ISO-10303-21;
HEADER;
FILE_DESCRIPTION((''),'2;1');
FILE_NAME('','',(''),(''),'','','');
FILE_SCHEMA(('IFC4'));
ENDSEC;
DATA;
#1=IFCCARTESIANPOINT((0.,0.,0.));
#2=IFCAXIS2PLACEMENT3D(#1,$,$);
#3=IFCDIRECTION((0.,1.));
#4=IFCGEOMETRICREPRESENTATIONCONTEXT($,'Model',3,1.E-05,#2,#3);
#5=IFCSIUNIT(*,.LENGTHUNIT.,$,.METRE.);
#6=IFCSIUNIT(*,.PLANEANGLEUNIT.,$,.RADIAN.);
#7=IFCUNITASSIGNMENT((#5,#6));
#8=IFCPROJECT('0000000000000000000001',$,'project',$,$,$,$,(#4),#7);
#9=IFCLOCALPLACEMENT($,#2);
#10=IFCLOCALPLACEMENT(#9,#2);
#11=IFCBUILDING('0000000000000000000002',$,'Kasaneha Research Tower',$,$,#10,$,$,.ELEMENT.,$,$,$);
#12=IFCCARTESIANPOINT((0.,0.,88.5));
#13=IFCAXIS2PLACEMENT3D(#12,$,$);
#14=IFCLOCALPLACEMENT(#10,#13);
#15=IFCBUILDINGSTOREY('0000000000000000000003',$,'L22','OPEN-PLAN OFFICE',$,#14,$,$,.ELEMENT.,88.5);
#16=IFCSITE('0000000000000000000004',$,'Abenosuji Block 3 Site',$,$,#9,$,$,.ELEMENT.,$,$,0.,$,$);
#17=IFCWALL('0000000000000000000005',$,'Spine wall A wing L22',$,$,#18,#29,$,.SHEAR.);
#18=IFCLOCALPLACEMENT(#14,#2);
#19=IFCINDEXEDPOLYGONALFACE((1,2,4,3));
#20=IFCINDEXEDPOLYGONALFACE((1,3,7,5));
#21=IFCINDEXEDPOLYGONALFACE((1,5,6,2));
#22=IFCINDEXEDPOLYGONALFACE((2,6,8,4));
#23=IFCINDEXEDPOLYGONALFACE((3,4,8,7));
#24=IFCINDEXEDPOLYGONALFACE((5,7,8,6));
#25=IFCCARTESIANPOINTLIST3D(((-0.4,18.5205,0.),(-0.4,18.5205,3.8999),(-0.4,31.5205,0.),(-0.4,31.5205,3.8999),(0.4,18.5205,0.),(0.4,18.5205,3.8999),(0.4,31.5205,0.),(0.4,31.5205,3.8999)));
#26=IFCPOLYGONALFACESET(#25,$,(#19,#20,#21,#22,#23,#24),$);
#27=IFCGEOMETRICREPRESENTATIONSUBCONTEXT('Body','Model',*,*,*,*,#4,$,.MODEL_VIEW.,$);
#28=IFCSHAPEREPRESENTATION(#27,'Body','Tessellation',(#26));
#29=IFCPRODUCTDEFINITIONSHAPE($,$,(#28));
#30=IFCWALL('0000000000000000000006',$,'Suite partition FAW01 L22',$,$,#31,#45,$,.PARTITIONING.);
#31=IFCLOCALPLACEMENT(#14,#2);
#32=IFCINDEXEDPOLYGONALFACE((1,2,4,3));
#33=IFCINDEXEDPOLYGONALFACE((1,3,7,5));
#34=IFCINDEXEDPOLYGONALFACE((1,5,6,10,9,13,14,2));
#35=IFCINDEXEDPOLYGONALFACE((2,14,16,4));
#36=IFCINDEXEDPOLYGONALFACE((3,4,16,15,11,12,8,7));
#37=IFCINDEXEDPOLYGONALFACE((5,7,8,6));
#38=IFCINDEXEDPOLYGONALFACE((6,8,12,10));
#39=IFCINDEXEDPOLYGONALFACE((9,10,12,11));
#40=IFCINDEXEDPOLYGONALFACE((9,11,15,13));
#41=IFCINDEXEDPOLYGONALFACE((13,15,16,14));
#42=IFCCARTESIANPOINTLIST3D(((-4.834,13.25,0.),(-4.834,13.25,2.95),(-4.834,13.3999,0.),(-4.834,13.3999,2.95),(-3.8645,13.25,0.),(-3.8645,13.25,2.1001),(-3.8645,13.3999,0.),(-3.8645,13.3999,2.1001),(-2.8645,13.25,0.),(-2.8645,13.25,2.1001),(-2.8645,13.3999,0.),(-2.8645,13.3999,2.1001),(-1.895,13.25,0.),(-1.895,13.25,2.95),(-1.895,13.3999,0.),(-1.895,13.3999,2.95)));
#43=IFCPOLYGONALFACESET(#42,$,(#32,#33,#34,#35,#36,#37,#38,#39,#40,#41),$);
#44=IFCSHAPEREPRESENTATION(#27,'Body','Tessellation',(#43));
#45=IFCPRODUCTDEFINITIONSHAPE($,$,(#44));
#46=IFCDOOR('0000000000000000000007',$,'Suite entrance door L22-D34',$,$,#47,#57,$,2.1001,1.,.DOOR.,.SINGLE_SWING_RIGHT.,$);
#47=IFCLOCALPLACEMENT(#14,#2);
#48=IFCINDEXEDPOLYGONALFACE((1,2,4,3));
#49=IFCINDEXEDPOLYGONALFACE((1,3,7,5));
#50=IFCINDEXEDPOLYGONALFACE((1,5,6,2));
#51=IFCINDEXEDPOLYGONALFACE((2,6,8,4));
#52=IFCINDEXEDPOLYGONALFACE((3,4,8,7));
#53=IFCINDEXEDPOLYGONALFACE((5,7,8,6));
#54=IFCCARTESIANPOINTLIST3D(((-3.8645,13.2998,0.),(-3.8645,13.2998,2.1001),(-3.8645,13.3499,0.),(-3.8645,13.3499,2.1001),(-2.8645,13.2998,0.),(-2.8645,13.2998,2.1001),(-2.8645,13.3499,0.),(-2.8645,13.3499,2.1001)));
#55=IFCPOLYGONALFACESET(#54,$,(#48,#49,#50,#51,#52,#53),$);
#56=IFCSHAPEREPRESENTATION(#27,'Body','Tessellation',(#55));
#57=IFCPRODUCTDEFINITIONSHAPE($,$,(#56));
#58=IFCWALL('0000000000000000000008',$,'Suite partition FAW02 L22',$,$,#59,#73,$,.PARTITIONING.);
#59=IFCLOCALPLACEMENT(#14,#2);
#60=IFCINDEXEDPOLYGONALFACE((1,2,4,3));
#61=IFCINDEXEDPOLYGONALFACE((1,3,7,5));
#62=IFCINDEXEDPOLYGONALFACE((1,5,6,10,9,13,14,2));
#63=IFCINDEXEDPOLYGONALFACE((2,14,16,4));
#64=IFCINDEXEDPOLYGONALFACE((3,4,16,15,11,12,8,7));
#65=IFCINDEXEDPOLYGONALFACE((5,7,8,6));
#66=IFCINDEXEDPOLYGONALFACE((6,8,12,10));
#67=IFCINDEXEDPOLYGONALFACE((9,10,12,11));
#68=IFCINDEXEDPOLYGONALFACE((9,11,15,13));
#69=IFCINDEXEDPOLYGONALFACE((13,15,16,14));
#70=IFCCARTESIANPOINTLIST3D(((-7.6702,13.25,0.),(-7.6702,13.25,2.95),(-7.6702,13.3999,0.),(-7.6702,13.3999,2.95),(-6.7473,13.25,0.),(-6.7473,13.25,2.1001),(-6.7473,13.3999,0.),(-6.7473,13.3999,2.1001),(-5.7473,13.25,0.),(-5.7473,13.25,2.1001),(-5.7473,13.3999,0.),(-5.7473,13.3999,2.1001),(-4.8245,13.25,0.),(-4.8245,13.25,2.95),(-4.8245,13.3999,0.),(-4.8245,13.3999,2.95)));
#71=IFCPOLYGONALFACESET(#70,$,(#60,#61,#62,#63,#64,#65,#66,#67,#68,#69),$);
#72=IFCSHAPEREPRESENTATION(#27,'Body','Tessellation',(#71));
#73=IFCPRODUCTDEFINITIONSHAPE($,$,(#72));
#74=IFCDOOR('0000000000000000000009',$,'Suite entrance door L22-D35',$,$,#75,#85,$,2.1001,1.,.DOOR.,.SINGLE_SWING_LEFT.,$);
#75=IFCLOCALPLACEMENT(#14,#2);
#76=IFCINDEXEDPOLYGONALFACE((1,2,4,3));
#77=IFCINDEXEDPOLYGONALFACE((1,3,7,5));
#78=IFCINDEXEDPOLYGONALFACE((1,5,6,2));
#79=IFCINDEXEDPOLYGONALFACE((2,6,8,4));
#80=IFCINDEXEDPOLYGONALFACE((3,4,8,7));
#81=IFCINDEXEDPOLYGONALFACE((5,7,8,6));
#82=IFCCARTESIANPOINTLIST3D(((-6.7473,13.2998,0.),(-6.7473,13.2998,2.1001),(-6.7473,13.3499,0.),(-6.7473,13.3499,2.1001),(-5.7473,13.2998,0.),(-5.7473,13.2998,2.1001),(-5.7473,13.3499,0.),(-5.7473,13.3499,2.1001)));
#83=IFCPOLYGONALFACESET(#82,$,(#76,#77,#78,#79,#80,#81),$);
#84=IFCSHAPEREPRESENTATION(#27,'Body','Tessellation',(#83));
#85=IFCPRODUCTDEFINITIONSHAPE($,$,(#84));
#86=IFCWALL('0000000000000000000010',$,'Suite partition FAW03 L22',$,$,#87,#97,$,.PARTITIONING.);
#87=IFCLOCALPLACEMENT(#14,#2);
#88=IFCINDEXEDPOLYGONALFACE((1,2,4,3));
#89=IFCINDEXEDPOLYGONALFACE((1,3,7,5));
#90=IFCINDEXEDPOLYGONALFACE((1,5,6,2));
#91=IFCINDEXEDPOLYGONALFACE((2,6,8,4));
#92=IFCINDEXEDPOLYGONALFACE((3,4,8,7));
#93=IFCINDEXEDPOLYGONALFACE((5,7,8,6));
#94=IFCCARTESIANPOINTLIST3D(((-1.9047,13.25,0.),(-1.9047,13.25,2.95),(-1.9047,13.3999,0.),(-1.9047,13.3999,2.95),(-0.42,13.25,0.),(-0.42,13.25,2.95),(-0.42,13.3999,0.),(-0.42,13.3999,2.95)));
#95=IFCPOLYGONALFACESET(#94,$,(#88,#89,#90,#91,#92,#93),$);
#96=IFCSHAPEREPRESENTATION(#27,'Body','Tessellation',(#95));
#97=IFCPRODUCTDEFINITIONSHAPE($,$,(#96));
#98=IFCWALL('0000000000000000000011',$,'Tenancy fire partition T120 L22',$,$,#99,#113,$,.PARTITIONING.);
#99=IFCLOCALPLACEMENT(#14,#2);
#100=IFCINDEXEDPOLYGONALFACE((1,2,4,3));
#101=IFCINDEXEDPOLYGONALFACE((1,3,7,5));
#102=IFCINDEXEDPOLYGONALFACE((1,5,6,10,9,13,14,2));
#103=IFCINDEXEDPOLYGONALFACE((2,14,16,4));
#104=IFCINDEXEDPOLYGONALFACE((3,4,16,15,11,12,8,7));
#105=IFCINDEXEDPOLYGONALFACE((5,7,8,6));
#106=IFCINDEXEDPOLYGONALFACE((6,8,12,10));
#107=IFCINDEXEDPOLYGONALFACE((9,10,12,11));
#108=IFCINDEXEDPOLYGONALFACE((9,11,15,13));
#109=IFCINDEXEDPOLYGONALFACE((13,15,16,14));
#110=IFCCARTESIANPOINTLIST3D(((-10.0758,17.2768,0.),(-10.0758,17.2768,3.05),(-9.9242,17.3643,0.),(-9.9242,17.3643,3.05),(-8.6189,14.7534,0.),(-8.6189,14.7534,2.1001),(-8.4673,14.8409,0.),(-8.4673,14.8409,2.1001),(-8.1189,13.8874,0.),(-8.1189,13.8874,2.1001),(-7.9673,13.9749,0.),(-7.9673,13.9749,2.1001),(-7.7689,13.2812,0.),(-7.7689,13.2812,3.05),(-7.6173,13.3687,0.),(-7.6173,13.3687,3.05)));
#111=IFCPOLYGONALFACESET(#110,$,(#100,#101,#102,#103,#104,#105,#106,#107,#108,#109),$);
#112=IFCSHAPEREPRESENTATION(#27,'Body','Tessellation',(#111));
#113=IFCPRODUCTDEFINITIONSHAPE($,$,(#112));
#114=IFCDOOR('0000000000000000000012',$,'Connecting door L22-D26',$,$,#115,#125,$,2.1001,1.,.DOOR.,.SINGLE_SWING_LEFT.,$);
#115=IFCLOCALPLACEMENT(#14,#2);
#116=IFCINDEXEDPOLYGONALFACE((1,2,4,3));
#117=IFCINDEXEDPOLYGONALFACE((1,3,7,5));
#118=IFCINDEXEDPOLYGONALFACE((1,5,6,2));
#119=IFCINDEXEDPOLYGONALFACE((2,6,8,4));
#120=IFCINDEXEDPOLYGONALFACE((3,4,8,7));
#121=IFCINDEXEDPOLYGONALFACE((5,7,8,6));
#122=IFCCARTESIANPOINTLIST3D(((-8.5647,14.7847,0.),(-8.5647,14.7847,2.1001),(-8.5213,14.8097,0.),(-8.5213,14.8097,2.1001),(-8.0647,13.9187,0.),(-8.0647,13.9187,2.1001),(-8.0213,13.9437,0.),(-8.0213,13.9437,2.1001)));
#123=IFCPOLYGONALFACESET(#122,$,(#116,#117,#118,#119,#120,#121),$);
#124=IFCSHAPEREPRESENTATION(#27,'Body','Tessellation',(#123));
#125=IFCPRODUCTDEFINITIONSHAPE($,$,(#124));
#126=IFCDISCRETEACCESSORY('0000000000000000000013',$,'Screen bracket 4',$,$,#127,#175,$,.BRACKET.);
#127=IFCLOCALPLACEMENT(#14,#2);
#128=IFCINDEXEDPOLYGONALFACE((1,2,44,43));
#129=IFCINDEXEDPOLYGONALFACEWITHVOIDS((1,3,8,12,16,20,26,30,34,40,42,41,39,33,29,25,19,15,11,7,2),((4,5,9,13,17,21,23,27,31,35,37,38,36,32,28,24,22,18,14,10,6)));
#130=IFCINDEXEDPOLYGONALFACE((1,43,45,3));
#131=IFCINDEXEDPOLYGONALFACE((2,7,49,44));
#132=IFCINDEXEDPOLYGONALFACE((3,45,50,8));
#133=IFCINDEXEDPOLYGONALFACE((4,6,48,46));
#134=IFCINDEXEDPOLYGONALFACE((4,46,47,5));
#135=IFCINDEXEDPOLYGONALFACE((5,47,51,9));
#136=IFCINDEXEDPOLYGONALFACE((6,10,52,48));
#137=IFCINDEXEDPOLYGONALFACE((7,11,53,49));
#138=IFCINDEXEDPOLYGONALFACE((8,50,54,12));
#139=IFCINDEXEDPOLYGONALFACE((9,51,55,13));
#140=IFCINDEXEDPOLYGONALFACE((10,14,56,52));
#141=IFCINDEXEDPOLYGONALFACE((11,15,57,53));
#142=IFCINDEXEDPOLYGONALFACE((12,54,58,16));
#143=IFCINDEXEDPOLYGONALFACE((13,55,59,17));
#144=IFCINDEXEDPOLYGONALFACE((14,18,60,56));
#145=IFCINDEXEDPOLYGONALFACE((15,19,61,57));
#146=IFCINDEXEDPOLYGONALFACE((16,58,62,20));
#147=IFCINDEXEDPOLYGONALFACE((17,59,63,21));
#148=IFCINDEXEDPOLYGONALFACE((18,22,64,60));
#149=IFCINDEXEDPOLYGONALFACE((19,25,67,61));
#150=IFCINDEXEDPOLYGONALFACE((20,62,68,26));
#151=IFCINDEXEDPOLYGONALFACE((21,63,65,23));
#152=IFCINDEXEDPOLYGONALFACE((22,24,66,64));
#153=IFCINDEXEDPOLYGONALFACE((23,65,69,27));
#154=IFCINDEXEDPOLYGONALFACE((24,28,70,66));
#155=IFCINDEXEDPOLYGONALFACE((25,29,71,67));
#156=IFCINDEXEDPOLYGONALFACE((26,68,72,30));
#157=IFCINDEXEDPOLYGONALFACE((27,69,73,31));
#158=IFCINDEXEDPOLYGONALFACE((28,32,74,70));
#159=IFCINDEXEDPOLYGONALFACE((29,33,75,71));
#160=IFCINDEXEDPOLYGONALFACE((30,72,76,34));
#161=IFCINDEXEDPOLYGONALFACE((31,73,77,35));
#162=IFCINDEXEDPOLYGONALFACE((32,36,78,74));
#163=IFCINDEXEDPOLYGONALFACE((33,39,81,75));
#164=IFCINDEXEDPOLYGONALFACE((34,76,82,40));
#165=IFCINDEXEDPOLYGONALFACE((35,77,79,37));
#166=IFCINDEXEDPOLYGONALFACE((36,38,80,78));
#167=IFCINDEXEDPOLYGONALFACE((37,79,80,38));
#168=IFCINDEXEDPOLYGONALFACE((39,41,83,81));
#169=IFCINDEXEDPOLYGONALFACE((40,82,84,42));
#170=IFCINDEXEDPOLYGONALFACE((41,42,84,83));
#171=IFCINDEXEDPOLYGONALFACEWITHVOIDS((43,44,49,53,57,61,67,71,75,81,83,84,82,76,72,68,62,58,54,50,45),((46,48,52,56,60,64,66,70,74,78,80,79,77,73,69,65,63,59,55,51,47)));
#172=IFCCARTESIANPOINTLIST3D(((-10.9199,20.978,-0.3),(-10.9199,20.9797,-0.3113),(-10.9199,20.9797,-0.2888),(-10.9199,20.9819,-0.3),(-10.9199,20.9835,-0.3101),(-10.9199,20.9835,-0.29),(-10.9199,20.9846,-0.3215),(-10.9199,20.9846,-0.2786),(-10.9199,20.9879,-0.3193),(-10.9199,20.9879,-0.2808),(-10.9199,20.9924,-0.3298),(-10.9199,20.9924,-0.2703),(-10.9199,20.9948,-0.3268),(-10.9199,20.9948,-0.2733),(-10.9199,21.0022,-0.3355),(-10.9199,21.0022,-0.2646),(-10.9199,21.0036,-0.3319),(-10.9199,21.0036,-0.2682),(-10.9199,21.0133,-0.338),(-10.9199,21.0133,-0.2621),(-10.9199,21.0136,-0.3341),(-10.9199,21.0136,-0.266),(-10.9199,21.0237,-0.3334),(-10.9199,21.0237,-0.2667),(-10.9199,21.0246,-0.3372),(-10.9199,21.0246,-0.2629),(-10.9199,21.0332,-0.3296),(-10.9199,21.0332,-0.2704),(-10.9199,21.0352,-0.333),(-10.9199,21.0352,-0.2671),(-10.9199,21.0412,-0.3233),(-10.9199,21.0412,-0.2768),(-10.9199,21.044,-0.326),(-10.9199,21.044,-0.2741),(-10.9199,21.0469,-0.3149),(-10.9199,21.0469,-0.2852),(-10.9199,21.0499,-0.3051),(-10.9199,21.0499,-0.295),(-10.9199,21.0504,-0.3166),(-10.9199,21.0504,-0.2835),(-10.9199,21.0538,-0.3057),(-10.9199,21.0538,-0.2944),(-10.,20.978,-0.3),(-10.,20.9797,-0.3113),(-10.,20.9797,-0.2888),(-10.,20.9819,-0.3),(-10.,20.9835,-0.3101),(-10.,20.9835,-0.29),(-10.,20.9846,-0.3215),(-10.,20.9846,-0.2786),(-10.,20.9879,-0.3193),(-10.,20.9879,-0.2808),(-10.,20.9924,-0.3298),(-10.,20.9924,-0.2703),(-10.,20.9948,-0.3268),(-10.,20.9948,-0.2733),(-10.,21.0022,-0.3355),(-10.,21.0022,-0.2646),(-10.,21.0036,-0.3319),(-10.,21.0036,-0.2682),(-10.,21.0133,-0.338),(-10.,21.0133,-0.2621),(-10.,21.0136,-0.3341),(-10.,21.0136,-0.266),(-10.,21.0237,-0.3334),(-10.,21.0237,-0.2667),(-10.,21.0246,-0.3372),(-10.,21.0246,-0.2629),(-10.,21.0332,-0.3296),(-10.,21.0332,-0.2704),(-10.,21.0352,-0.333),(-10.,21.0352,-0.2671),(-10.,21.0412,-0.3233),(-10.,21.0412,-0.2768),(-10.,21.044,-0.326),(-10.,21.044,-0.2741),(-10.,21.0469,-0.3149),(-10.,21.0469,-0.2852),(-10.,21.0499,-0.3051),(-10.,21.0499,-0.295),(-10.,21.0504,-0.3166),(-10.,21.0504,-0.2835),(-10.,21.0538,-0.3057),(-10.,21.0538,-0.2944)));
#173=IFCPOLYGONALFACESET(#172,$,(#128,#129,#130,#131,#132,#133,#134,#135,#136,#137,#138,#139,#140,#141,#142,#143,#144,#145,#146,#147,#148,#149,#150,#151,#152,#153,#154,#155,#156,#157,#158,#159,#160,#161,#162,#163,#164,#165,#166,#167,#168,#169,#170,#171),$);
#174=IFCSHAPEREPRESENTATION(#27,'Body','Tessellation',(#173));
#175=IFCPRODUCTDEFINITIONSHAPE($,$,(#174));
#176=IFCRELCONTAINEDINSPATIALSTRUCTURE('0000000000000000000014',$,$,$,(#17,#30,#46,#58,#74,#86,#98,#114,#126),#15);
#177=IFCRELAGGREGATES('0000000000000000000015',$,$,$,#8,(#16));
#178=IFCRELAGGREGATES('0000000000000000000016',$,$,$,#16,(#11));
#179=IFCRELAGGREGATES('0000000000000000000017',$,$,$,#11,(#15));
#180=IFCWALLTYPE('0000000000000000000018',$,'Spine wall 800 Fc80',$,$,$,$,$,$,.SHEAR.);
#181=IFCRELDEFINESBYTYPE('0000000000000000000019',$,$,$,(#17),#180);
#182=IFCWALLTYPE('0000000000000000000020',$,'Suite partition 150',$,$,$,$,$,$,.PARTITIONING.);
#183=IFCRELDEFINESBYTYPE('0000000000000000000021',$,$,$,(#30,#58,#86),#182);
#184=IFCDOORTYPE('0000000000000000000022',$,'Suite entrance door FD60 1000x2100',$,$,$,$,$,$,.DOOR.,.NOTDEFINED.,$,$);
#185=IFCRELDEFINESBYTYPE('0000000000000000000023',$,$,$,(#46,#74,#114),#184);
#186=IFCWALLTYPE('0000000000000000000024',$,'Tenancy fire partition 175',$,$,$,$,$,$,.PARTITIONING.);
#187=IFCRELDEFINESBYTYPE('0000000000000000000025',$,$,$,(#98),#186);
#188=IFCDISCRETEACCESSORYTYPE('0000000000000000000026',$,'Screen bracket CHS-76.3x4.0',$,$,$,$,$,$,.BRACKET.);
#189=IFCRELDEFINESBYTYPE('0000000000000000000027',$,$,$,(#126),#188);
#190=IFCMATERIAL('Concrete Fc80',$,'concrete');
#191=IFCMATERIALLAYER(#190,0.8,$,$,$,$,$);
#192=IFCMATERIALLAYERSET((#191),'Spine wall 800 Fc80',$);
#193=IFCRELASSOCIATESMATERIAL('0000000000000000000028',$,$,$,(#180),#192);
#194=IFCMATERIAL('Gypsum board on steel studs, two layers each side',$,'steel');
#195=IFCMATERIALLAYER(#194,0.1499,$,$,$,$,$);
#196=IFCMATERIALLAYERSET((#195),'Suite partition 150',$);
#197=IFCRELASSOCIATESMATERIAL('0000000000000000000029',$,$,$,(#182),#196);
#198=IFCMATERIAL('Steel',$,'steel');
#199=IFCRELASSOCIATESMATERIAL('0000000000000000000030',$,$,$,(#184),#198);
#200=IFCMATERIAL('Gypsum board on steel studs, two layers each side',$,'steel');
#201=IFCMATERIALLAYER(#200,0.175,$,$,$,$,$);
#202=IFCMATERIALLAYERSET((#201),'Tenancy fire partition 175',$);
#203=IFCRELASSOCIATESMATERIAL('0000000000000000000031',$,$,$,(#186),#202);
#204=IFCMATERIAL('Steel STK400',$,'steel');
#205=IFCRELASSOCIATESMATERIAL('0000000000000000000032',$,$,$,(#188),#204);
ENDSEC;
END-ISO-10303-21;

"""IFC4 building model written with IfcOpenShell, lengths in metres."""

from ifc_helpers import new_model, si_unit, direction, frame, frame_2d, origin, origin_2d, place, context, subcontext, project, spatial, rectangle, hollow_circle, extrude, material, layer, layer_set, material_profile, profile_set, type_object, element, fill, save


model = new_model("IFC4")

# Units and contexts
model_context = context("Model", 3, precision=1e-05, world=origin(), true_north=direction((0.0, 1.0)))
body_context = subcontext(model_context, "Body", "Model", "MODEL_VIEW")
ifc_project = project(units=[si_unit("LENGTHUNIT", "METRE"), si_unit("PLANEANGLEUNIT", "RADIAN")], contexts=[model_context])

# Site, building, storey
site_placement = place(None, origin())
site = spatial("IfcSite", under=ifc_project, at=site_placement, Name="Abenosuji Block 3 Site", CompositionType="ELEMENT", RefElevation=0.0)
building_placement = place(site_placement, origin())
building = spatial("IfcBuilding", under=site, at=building_placement, Name="Kasaneha Research Tower", CompositionType="ELEMENT")
storey_placement = place(building_placement, frame((0.0, 0.0, 88.5)))
storey = spatial("IfcBuildingStorey", under=building, at=storey_placement, Name="L22", Description="OPEN-PLAN OFFICE", CompositionType="ELEMENT", Elevation=88.5)

# Wall
ifc_material_1 = material(Name="Concrete Fc80", Category="concrete")
ifc_layer_1 = layer(ifc_material_1, 0.8)
ifc_layer_set_1 = layer_set([ifc_layer_1], Name="Spine wall 800 Fc80")
wall_type_1 = type_object("IfcWallType", Name="Spine wall 800 Fc80", PredefinedType="SHEAR", material=ifc_layer_set_1)
wall_1_placement = place(storey_placement, frame((0.0, 18.5205, 0.0), z_axis=(0.0, 0.0, 1.0), x_axis=(0.0, 1.0, 0.0)))
element("IfcWall", 1, at=wall_1_placement, inside=storey, type_object=wall_type_1, Name="Spine wall A wing L22", PredefinedType="SHEAR", context=body_context, shape_type="SweptSolid", body=[
    extrude(rectangle(XDim=13.0, YDim=0.8, at=frame_2d((6.5, 0.0))), origin(), (0.0, 0.0, 1.0), 3.8999),
])

# Walls, openings, doors
ifc_material_2 = material(Name="Gypsum board on steel studs, two layers each side", Category="steel")
ifc_layer_2 = layer(ifc_material_2, 0.1499)
ifc_layer_set_2 = layer_set([ifc_layer_2], Name="Suite partition 150")
wall_type_2 = type_object("IfcWallType", Name="Suite partition 150", PredefinedType="PARTITIONING", material=ifc_layer_set_2)
wall_2_placement = place(storey_placement, frame((-4.834, 13.325, 0.0), z_axis=(0.0, 0.0, 1.0), x_axis=(1.0, 0.0, 0.0)))
wall_2 = element("IfcWall", 2, at=wall_2_placement, inside=storey, type_object=wall_type_2, Name="Suite partition FAW01 L22", PredefinedType="PARTITIONING", context=body_context, shape_type="SweptSolid", body=[
    extrude(rectangle(XDim=2.939, YDim=0.1499, at=frame_2d((1.4695, 0.0))), origin(), (0.0, 0.0, 1.0), 2.95),
])
opening_1_placement = place(wall_2_placement, frame((0.9695, 0.0, 0.0)))
opening_1 = element("IfcOpeningElement", 3, at=opening_1_placement, cuts=wall_2, PredefinedType="OPENING", context=body_context, shape_type="SweptSolid", body=[
    extrude(rectangle(XDim=1.0, YDim=2.1001, at=frame_2d((0.5, 1.05))), frame((0.0, 0.085, 0.0), z_axis=(0.0, -1.0, 0.0), x_axis=(1.0, 0.0, 0.0)), (0.0, 0.0, 1.0), 0.1699),
])
ifc_material_3 = material(Name="Steel", Category="steel")
door_type_1 = type_object("IfcDoorType", Name="Suite entrance door FD60 1000x2100", OperationType="NOTDEFINED", PredefinedType="DOOR", material=ifc_material_3)
door_1_placement = place(opening_1_placement, origin())
door_1 = element("IfcDoor", 4, at=door_1_placement, inside=storey, type_object=door_type_1, Name="Suite entrance door L22-D34", OperationType="SINGLE_SWING_RIGHT", OverallHeight=2.1001, OverallWidth=1.0, PredefinedType="DOOR", context=body_context, shape_type="SweptSolid", body=[
    extrude(rectangle(XDim=1.0, YDim=2.1001, at=frame_2d((0.5, 1.05))), frame((0.0, 0.0249, 0.0), z_axis=(0.0, -1.0, 0.0), x_axis=(1.0, 0.0, 0.0)), (0.0, 0.0, 1.0), 0.05),
])
fill(opening_1, door_1)
wall_3_placement = place(storey_placement, frame((-7.6702, 13.325, 0.0), z_axis=(0.0, 0.0, 1.0), x_axis=(1.0, 0.0, 0.0)))
wall_3 = element("IfcWall", 5, at=wall_3_placement, inside=storey, type_object=wall_type_2, Name="Suite partition FAW02 L22", PredefinedType="PARTITIONING", context=body_context, shape_type="SweptSolid", body=[
    extrude(rectangle(XDim=2.8457, YDim=0.1499, at=frame_2d((1.4229, 0.0))), origin(), (0.0, 0.0, 1.0), 2.95),
])
opening_2_placement = place(wall_3_placement, frame((0.9229, 0.0, 0.0)))
opening_2 = element("IfcOpeningElement", 6, at=opening_2_placement, cuts=wall_3, PredefinedType="OPENING", context=body_context, shape_type="SweptSolid", body=[
    extrude(rectangle(XDim=1.0, YDim=2.1001, at=frame_2d((0.5, 1.05))), frame((0.0, 0.085, 0.0), z_axis=(0.0, -1.0, 0.0), x_axis=(1.0, 0.0, 0.0)), (0.0, 0.0, 1.0), 0.1699),
])
door_2_placement = place(opening_2_placement, origin())
door_2 = element("IfcDoor", 7, at=door_2_placement, inside=storey, type_object=door_type_1, Name="Suite entrance door L22-D35", OperationType="SINGLE_SWING_LEFT", OverallHeight=2.1001, OverallWidth=1.0, PredefinedType="DOOR", context=body_context, shape_type="SweptSolid", body=[
    extrude(rectangle(XDim=1.0, YDim=2.1001, at=frame_2d((0.5, 1.05))), frame((0.0, 0.0249, 0.0), z_axis=(0.0, -1.0, 0.0), x_axis=(1.0, 0.0, 0.0)), (0.0, 0.0, 1.0), 0.05),
])
fill(opening_2, door_2)

# Wall
wall_4_placement = place(storey_placement, frame((-1.9045, 13.325, 0.0), z_axis=(0.0, 0.0, 1.0), x_axis=(1.0, 0.0, 0.0)))
element("IfcWall", 8, at=wall_4_placement, inside=storey, type_object=wall_type_2, Name="Suite partition FAW03 L22", PredefinedType="PARTITIONING", context=body_context, shape_type="SweptSolid", body=[
    extrude(rectangle(XDim=1.4846, YDim=0.1499, at=frame_2d((0.7422, 0.0))), origin(), (0.0, 0.0, 1.0), 2.95),
])

# Wall, opening, door
ifc_material_4 = material(Name="Gypsum board on steel studs, two layers each side", Category="steel")
ifc_layer_3 = layer(ifc_material_4, 0.175)
ifc_layer_set_3 = layer_set([ifc_layer_3], Name="Tenancy fire partition 175")
wall_type_3 = type_object("IfcWallType", Name="Tenancy fire partition 175", PredefinedType="PARTITIONING", material=ifc_layer_set_3)
wall_5_placement = place(storey_placement, frame((-7.6931, 13.325, 0.0), z_axis=(0.0, 0.0, 1.0), x_axis=(-0.500003, 0.866023, 0.0)))
wall_5 = element("IfcWall", 9, at=wall_5_placement, inside=storey, type_object=wall_type_3, Name="Tenancy fire partition T120 L22", PredefinedType="PARTITIONING", context=body_context, shape_type="SweptSolid", body=[
    extrude(rectangle(XDim=4.6138, YDim=0.175, at=frame_2d((2.3069, 0.0))), origin(), (0.0, 0.0, 1.0), 3.05),
])
opening_3_placement = place(wall_5_placement, frame((0.7, 0.0, 0.0)))
opening_3 = element("IfcOpeningElement", 10, at=opening_3_placement, cuts=wall_5, PredefinedType="OPENING", context=body_context, shape_type="SweptSolid", body=[
    extrude(rectangle(XDim=1.0, YDim=2.1001, at=frame_2d((0.5, 1.05))), frame((0.0, 0.0977, 0.0), z_axis=(0.0, -1.0, 0.0), x_axis=(1.0, 0.0, 0.0)), (0.0, 0.0, 1.0), 0.1951),
])
door_3_placement = place(opening_3_placement, origin())
door_3 = element("IfcDoor", 11, at=door_3_placement, inside=storey, type_object=door_type_1, Name="Connecting door L22-D26", OperationType="SINGLE_SWING_LEFT", OverallHeight=2.1001, OverallWidth=1.0, PredefinedType="DOOR", context=body_context, shape_type="SweptSolid", body=[
    extrude(rectangle(XDim=1.0, YDim=2.1001, at=frame_2d((0.5, 1.05))), frame((0.0, 0.0249, 0.0), z_axis=(0.0, -1.0, 0.0), x_axis=(1.0, 0.0, 0.0)), (0.0, 0.0, 1.0), 0.05),
])
fill(opening_3, door_3)

# Discrete accessory
ifc_material_5 = material(Name="Steel STK400", Category="steel")
ifc_material_profile_1 = material_profile(ifc_material_5, hollow_circle(Radius=0.0381, WallThickness=0.0039, at=origin_2d()), Name="CHS-76.3x4.0")
ifc_profile_set_1 = profile_set([ifc_material_profile_1], Name="Steel STK400")
discrete_accessory_type = type_object("IfcDiscreteAccessoryType", Name="Screen bracket CHS-76.3x4.0", PredefinedType="BRACKET", material=ifc_profile_set_1)
for number, where, z_axis, x_axis, name in (
    (12, (-10.0, 21.0161, -0.3), (-1.0, 0.0, 0.0), (0.0, -1.0, 0.0), "Screen bracket 4"),
):
    element("IfcDiscreteAccessory", number, at=place(storey_placement, frame(where, z_axis=z_axis, x_axis=x_axis)), inside=storey, type_object=discrete_accessory_type, Name=name, PredefinedType="BRACKET", context=body_context, shape_type="SweptSolid", body=[
        extrude(hollow_circle(Radius=0.0381, WallThickness=0.0039, at=origin_2d()), origin(), (0.0, 0.0, 1.0), 0.9199),
    ])

save(model, "model.ifc")
